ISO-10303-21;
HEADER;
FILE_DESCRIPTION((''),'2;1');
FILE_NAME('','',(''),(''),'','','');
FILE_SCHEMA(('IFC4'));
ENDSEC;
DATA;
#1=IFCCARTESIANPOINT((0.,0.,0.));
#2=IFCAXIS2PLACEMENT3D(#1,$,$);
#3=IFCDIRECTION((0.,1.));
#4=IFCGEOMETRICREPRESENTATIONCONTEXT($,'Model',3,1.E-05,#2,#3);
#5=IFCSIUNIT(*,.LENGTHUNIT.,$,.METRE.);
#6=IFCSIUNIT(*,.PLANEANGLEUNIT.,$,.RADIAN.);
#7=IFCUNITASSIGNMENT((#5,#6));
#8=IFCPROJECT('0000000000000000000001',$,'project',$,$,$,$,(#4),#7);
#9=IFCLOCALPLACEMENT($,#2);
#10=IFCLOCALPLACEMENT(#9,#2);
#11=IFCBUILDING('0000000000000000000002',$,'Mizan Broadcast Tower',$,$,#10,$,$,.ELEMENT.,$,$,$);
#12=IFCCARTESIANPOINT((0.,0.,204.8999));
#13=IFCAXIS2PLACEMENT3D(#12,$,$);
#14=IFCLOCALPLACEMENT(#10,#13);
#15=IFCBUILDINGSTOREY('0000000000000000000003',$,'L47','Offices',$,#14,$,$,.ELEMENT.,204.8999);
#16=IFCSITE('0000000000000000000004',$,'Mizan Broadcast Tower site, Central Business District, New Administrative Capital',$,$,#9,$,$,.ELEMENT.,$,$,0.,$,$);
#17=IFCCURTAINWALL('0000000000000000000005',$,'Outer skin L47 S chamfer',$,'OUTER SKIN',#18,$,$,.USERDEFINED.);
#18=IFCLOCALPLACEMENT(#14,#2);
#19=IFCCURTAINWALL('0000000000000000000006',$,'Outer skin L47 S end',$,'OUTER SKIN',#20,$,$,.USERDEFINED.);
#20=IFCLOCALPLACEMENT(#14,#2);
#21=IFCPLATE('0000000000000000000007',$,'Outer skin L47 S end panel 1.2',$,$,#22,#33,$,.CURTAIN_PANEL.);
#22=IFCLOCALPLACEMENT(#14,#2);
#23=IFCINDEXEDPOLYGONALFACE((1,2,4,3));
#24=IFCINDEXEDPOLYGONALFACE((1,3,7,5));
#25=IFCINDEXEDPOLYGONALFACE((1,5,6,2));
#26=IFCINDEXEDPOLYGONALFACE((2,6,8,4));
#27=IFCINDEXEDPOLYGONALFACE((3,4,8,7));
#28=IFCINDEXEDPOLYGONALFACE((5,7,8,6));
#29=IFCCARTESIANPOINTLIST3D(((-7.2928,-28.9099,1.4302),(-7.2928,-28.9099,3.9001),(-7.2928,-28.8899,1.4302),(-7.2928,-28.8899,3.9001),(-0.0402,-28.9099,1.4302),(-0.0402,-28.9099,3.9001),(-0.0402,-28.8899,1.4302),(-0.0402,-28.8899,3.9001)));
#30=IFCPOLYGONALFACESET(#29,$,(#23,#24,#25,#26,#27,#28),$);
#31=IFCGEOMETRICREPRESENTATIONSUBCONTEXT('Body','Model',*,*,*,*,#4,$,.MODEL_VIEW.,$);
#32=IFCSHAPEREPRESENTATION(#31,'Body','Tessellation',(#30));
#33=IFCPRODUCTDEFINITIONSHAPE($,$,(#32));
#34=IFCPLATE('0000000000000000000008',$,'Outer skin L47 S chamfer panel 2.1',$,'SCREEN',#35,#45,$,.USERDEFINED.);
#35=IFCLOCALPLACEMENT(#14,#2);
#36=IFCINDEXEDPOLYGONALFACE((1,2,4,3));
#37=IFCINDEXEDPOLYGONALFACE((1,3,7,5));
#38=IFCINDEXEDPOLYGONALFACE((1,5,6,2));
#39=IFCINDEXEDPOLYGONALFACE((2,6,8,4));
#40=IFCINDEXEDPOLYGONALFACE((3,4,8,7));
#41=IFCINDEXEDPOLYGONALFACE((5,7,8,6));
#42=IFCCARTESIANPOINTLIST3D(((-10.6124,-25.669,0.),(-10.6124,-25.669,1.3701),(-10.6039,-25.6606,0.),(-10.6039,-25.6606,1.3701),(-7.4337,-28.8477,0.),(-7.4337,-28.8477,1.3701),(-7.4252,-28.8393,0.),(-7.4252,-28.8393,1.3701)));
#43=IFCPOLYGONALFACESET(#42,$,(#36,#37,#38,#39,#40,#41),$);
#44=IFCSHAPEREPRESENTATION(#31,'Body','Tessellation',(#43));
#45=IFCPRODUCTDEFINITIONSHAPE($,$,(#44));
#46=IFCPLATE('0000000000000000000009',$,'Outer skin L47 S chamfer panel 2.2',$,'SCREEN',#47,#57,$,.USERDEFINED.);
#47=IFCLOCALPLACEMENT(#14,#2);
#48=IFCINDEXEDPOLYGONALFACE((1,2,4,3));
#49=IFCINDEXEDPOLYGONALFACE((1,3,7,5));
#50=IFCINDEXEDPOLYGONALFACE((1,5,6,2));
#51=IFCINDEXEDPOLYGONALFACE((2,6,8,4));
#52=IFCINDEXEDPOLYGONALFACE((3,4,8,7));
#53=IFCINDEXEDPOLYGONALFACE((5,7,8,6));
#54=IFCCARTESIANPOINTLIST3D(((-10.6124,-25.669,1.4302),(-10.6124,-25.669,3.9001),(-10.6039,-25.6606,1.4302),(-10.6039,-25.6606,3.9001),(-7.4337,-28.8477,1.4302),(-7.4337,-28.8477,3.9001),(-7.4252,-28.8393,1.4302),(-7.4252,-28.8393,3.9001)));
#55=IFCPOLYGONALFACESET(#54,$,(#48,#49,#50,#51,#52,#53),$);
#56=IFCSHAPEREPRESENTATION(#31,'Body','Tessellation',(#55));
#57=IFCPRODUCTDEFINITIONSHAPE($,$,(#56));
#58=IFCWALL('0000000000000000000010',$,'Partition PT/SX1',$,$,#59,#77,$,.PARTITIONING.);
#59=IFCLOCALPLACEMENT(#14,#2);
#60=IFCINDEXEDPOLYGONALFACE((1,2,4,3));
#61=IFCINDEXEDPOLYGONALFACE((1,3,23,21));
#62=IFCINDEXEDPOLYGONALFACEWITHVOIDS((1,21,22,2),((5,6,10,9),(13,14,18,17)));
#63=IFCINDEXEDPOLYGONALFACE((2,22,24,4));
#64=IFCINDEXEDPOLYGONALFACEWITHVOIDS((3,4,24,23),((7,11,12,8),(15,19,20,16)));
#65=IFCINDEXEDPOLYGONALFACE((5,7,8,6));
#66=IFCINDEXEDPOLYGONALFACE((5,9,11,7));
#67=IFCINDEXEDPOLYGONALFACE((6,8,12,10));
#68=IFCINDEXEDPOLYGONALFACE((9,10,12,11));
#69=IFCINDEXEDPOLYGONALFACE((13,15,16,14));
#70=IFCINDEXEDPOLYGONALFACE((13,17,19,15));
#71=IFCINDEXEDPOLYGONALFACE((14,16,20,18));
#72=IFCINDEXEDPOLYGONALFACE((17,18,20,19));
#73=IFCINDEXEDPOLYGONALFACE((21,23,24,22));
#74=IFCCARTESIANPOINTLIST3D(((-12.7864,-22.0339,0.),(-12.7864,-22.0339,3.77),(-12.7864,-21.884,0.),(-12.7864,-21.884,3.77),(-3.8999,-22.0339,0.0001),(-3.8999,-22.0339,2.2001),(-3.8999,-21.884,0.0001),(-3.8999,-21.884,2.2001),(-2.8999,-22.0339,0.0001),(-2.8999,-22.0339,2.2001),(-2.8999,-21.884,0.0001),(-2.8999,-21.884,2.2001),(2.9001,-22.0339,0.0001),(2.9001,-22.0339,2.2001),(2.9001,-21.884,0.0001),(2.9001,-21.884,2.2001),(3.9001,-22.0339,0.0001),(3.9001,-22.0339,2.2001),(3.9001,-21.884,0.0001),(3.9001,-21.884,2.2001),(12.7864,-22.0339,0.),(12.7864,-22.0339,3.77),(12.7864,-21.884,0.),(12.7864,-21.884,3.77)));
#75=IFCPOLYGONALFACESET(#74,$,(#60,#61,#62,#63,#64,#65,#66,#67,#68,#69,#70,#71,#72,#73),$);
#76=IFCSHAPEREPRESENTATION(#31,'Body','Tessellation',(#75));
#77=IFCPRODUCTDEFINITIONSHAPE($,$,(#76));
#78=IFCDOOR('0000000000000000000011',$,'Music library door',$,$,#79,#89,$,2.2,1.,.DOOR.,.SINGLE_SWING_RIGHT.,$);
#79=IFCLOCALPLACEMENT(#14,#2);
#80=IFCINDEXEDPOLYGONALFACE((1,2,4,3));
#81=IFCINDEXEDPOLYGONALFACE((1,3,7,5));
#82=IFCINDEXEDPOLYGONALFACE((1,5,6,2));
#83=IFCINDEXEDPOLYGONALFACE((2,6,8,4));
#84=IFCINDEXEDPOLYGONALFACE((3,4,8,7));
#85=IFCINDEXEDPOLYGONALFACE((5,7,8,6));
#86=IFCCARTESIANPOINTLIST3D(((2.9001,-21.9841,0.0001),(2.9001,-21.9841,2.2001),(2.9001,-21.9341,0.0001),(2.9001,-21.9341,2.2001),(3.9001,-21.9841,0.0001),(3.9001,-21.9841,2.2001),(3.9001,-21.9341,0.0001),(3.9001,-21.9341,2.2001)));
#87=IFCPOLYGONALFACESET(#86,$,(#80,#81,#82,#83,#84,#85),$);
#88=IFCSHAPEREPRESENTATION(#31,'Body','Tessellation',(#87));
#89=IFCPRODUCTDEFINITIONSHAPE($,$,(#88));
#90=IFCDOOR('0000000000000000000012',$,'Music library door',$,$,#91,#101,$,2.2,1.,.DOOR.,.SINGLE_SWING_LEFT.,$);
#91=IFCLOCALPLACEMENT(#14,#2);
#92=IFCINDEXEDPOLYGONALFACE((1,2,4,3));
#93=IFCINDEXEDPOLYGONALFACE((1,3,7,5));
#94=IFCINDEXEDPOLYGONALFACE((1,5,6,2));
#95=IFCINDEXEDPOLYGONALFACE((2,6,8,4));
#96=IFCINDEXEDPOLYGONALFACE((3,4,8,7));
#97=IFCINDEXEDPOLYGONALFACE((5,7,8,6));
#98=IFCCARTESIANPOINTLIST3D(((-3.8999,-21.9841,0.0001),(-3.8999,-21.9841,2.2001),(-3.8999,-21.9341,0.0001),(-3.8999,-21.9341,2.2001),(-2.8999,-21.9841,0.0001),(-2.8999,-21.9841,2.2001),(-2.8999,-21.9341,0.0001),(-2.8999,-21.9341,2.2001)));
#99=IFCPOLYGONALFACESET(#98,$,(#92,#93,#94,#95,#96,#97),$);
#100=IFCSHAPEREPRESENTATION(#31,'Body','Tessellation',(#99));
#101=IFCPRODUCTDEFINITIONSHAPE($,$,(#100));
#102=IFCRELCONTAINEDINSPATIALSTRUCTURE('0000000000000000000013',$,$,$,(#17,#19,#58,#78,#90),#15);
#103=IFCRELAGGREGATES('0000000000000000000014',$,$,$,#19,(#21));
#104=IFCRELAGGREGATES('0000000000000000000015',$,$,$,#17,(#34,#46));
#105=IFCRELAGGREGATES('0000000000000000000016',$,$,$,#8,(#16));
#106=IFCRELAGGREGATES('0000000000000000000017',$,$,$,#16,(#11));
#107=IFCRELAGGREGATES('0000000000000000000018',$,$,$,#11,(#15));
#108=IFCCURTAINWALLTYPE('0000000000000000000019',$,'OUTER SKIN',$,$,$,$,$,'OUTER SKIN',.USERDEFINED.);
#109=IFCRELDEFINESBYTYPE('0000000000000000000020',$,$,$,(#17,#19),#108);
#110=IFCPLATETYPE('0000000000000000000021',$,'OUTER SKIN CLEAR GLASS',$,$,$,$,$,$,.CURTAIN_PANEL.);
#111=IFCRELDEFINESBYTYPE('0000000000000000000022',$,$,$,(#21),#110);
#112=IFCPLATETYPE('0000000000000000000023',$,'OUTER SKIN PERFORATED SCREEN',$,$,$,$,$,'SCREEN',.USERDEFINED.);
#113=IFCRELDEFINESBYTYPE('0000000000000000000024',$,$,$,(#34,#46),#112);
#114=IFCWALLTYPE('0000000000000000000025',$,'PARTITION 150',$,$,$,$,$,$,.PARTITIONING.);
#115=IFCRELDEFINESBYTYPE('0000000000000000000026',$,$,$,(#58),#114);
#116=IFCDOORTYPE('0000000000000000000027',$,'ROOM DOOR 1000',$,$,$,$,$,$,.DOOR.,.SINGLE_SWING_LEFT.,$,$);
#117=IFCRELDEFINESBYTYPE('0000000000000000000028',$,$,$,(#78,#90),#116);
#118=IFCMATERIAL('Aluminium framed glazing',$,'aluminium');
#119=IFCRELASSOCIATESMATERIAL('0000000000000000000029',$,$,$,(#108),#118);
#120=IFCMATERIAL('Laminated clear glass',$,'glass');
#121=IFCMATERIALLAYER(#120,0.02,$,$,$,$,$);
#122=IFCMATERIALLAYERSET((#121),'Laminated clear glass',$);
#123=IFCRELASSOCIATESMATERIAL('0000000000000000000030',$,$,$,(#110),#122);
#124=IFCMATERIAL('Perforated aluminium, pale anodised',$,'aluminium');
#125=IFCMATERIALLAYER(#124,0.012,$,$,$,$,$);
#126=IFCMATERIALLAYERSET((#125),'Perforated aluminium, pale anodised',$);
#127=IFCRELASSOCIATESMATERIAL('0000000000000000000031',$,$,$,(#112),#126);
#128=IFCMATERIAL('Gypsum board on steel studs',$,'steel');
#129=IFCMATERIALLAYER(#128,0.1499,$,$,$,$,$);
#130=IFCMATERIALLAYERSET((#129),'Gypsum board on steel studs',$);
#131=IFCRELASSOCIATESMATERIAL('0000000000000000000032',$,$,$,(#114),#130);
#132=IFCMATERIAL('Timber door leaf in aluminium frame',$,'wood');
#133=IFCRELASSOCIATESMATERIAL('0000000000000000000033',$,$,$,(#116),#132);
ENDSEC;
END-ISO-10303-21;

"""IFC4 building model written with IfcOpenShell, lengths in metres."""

from ifc_helpers import new_model, si_unit, direction, frame, frame_2d, origin, origin_2d, place, context, subcontext, project, spatial, rectangle, extrude, material, layer, layer_set, type_object, element, fill, aggregate, save


model = new_model("IFC4")

# Units and contexts
model_context = context("Model", 3, precision=1e-05, world=origin(), true_north=direction((0.0, 1.0)))
body_context = subcontext(model_context, "Body", "Model", "MODEL_VIEW")
ifc_project = project(units=[si_unit("LENGTHUNIT", "METRE"), si_unit("PLANEANGLEUNIT", "RADIAN")], contexts=[model_context])

# Site, building, storey
site_placement = place(None, origin())
site = spatial("IfcSite", under=ifc_project, at=site_placement, Name="Mizan Broadcast Tower site, Central Business District, New Administrative Capital", CompositionType="ELEMENT", RefElevation=0.0)
building_placement = place(site_placement, origin())
building = spatial("IfcBuilding", under=site, at=building_placement, Name="Mizan Broadcast Tower", CompositionType="ELEMENT")
storey_placement = place(building_placement, frame((0.0, 0.0, 204.8999)))
storey = spatial("IfcBuildingStorey", under=building, at=storey_placement, Name="L47", Description="Offices", CompositionType="ELEMENT", Elevation=204.8999)

# Shared definitions
ifc_material_1 = material(Name="Aluminium framed glazing", Category="aluminium")
curtain_wall_type_1 = type_object("IfcCurtainWallType", Name="OUTER SKIN", ElementType="OUTER SKIN", PredefinedType="USERDEFINED", material=ifc_material_1)

# Curtain wall
curtain_wall_1_placement = place(storey_placement, origin())
curtain_wall_1 = element("IfcCurtainWall", 1, at=curtain_wall_1_placement, inside=storey, type_object=curtain_wall_type_1, Name="Outer skin L47 S chamfer", ObjectType="OUTER SKIN", PredefinedType="USERDEFINED")

# Curtain wall
curtain_wall_2_placement = place(storey_placement, origin())
curtain_wall_2 = element("IfcCurtainWall", 2, at=curtain_wall_2_placement, inside=storey, type_object=curtain_wall_type_1, Name="Outer skin L47 S end", ObjectType="OUTER SKIN", PredefinedType="USERDEFINED")

# Plates
ifc_material_2 = material(Name="Laminated clear glass", Category="glass")
ifc_layer_1 = layer(ifc_material_2, 0.02)
ifc_layer_set_1 = layer_set([ifc_layer_1], Name="Laminated clear glass")
plate_type_1 = type_object("IfcPlateType", Name="OUTER SKIN CLEAR GLASS", PredefinedType="CURTAIN_PANEL", material=ifc_layer_set_1)
plate_1_placement = place(storey_placement, frame((-3.6665, -28.8999, 1.4302), z_axis=(0.0, 0.0, 1.0), x_axis=(1.0, 0.0, 0.0)))
plate_1 = element("IfcPlate", 3, at=plate_1_placement, type_object=plate_type_1, Name="Outer skin L47 S end panel 1.2", PredefinedType="CURTAIN_PANEL", context=body_context, shape_type="SweptSolid", body=[
    extrude(rectangle(XDim=7.2527, YDim=0.02, at=origin_2d()), origin(), (0.0, 0.0, 1.0), 2.47),
])
aggregate(curtain_wall_2, [plate_1])
ifc_material_3 = material(Name="Perforated aluminium, pale anodised", Category="aluminium")
ifc_layer_2 = layer(ifc_material_3, 0.012)
ifc_layer_set_2 = layer_set([ifc_layer_2], Name="Perforated aluminium, pale anodised")
plate_type_2 = type_object("IfcPlateType", Name="OUTER SKIN PERFORATED SCREEN", ElementType="SCREEN", PredefinedType="USERDEFINED", material=ifc_layer_set_2)
plate_2_placement = place(storey_placement, frame((-9.0188, -27.2542, 0.0), z_axis=(0.0, 0.0, 1.0), x_axis=(0.707107, -0.707107, 0.0)))
plate_2 = element("IfcPlate", 4, at=plate_2_placement, type_object=plate_type_2, Name="Outer skin L47 S chamfer panel 2.1", ObjectType="SCREEN", PredefinedType="USERDEFINED", context=body_context, shape_type="SweptSolid", body=[
    extrude(rectangle(XDim=4.4954, YDim=0.012, at=origin_2d()), origin(), (0.0, 0.0, 1.0), 1.3701),
])
plate_3_placement = place(storey_placement, frame((-9.0188, -27.2542, 1.4302), z_axis=(0.0, 0.0, 1.0), x_axis=(0.707107, -0.707107, 0.0)))
plate_3 = element("IfcPlate", 5, at=plate_3_placement, type_object=plate_type_2, Name="Outer skin L47 S chamfer panel 2.2", ObjectType="SCREEN", PredefinedType="USERDEFINED", context=body_context, shape_type="SweptSolid", body=[
    extrude(rectangle(XDim=4.4954, YDim=0.012, at=origin_2d()), origin(), (0.0, 0.0, 1.0), 2.47),
])
aggregate(curtain_wall_1, [plate_2, plate_3])

# Wall, openings, doors
ifc_material_4 = material(Name="Gypsum board on steel studs", Category="steel")
ifc_layer_3 = layer(ifc_material_4, 0.1499)
ifc_layer_set_3 = layer_set([ifc_layer_3], Name="Gypsum board on steel studs")
wall_type = type_object("IfcWallType", Name="PARTITION 150", PredefinedType="PARTITIONING", material=ifc_layer_set_3)
wall_placement = place(storey_placement, frame((-12.7864, -21.959, 0.0), z_axis=(0.0, 0.0, 1.0), x_axis=(1.0, 0.0, 0.0)))
wall = element("IfcWall", 6, at=wall_placement, inside=storey, type_object=wall_type, Name="Partition PT/SX1", PredefinedType="PARTITIONING", context=body_context, shape_type="SweptSolid", body=[
    extrude(rectangle(XDim=25.5728, YDim=0.1499, at=frame_2d((12.7864, 0.0))), origin(), (0.0, 0.0, 1.0), 3.77),
])
opening_1_placement = place(wall_placement, frame((15.6865, 0.0, 0.0)))
opening_1 = element("IfcOpeningElement", 7, at=opening_1_placement, cuts=wall, PredefinedType="OPENING", context=body_context, shape_type="SweptSolid", body=[
    extrude(rectangle(XDim=1.0, YDim=2.2, at=frame_2d((0.5, 1.1001))), frame((0.0, 0.085, 0.0), z_axis=(0.0, -1.0, 0.0), x_axis=(1.0, 0.0, 0.0)), (0.0, 0.0, 1.0), 0.1699),
])
opening_2_placement = place(wall_placement, frame((8.8865, 0.0, 0.0)))
opening_2 = element("IfcOpeningElement", 8, at=opening_2_placement, cuts=wall, PredefinedType="OPENING", context=body_context, shape_type="SweptSolid", body=[
    extrude(rectangle(XDim=1.0, YDim=2.2, at=frame_2d((0.5, 1.1001))), frame((0.0, 0.085, 0.0), z_axis=(0.0, -1.0, 0.0), x_axis=(1.0, 0.0, 0.0)), (0.0, 0.0, 1.0), 0.1699),
])
ifc_material_5 = material(Name="Timber door leaf in aluminium frame", Category="wood")
door_type = type_object("IfcDoorType", Name="ROOM DOOR 1000", OperationType="SINGLE_SWING_LEFT", PredefinedType="DOOR", material=ifc_material_5)
door_1_placement = place(opening_1_placement, origin())
door_1 = element("IfcDoor", 9, at=door_1_placement, inside=storey, type_object=door_type, Name="Music library door", OperationType="SINGLE_SWING_RIGHT", OverallHeight=2.2, OverallWidth=1.0, PredefinedType="DOOR", context=body_context, shape_type="SweptSolid", body=[
    extrude(rectangle(XDim=1.0, YDim=2.2, at=frame_2d((0.5, 1.1001))), frame((0.0, 0.0249, 0.0), z_axis=(0.0, -1.0, 0.0), x_axis=(1.0, 0.0, 0.0)), (0.0, 0.0, 1.0), 0.05),
])
fill(opening_1, door_1)
door_2_placement = place(opening_2_placement, origin())
door_2 = element("IfcDoor", 10, at=door_2_placement, inside=storey, type_object=door_type, Name="Music library door", OperationType="SINGLE_SWING_LEFT", OverallHeight=2.2, OverallWidth=1.0, PredefinedType="DOOR", context=body_context, shape_type="SweptSolid", body=[
    extrude(rectangle(XDim=1.0, YDim=2.2, at=frame_2d((0.5, 1.1001))), frame((0.0, 0.0249, 0.0), z_axis=(0.0, -1.0, 0.0), x_axis=(1.0, 0.0, 0.0)), (0.0, 0.0, 1.0), 0.05),
])
fill(opening_2, door_2)

save(model, "model.ifc")
